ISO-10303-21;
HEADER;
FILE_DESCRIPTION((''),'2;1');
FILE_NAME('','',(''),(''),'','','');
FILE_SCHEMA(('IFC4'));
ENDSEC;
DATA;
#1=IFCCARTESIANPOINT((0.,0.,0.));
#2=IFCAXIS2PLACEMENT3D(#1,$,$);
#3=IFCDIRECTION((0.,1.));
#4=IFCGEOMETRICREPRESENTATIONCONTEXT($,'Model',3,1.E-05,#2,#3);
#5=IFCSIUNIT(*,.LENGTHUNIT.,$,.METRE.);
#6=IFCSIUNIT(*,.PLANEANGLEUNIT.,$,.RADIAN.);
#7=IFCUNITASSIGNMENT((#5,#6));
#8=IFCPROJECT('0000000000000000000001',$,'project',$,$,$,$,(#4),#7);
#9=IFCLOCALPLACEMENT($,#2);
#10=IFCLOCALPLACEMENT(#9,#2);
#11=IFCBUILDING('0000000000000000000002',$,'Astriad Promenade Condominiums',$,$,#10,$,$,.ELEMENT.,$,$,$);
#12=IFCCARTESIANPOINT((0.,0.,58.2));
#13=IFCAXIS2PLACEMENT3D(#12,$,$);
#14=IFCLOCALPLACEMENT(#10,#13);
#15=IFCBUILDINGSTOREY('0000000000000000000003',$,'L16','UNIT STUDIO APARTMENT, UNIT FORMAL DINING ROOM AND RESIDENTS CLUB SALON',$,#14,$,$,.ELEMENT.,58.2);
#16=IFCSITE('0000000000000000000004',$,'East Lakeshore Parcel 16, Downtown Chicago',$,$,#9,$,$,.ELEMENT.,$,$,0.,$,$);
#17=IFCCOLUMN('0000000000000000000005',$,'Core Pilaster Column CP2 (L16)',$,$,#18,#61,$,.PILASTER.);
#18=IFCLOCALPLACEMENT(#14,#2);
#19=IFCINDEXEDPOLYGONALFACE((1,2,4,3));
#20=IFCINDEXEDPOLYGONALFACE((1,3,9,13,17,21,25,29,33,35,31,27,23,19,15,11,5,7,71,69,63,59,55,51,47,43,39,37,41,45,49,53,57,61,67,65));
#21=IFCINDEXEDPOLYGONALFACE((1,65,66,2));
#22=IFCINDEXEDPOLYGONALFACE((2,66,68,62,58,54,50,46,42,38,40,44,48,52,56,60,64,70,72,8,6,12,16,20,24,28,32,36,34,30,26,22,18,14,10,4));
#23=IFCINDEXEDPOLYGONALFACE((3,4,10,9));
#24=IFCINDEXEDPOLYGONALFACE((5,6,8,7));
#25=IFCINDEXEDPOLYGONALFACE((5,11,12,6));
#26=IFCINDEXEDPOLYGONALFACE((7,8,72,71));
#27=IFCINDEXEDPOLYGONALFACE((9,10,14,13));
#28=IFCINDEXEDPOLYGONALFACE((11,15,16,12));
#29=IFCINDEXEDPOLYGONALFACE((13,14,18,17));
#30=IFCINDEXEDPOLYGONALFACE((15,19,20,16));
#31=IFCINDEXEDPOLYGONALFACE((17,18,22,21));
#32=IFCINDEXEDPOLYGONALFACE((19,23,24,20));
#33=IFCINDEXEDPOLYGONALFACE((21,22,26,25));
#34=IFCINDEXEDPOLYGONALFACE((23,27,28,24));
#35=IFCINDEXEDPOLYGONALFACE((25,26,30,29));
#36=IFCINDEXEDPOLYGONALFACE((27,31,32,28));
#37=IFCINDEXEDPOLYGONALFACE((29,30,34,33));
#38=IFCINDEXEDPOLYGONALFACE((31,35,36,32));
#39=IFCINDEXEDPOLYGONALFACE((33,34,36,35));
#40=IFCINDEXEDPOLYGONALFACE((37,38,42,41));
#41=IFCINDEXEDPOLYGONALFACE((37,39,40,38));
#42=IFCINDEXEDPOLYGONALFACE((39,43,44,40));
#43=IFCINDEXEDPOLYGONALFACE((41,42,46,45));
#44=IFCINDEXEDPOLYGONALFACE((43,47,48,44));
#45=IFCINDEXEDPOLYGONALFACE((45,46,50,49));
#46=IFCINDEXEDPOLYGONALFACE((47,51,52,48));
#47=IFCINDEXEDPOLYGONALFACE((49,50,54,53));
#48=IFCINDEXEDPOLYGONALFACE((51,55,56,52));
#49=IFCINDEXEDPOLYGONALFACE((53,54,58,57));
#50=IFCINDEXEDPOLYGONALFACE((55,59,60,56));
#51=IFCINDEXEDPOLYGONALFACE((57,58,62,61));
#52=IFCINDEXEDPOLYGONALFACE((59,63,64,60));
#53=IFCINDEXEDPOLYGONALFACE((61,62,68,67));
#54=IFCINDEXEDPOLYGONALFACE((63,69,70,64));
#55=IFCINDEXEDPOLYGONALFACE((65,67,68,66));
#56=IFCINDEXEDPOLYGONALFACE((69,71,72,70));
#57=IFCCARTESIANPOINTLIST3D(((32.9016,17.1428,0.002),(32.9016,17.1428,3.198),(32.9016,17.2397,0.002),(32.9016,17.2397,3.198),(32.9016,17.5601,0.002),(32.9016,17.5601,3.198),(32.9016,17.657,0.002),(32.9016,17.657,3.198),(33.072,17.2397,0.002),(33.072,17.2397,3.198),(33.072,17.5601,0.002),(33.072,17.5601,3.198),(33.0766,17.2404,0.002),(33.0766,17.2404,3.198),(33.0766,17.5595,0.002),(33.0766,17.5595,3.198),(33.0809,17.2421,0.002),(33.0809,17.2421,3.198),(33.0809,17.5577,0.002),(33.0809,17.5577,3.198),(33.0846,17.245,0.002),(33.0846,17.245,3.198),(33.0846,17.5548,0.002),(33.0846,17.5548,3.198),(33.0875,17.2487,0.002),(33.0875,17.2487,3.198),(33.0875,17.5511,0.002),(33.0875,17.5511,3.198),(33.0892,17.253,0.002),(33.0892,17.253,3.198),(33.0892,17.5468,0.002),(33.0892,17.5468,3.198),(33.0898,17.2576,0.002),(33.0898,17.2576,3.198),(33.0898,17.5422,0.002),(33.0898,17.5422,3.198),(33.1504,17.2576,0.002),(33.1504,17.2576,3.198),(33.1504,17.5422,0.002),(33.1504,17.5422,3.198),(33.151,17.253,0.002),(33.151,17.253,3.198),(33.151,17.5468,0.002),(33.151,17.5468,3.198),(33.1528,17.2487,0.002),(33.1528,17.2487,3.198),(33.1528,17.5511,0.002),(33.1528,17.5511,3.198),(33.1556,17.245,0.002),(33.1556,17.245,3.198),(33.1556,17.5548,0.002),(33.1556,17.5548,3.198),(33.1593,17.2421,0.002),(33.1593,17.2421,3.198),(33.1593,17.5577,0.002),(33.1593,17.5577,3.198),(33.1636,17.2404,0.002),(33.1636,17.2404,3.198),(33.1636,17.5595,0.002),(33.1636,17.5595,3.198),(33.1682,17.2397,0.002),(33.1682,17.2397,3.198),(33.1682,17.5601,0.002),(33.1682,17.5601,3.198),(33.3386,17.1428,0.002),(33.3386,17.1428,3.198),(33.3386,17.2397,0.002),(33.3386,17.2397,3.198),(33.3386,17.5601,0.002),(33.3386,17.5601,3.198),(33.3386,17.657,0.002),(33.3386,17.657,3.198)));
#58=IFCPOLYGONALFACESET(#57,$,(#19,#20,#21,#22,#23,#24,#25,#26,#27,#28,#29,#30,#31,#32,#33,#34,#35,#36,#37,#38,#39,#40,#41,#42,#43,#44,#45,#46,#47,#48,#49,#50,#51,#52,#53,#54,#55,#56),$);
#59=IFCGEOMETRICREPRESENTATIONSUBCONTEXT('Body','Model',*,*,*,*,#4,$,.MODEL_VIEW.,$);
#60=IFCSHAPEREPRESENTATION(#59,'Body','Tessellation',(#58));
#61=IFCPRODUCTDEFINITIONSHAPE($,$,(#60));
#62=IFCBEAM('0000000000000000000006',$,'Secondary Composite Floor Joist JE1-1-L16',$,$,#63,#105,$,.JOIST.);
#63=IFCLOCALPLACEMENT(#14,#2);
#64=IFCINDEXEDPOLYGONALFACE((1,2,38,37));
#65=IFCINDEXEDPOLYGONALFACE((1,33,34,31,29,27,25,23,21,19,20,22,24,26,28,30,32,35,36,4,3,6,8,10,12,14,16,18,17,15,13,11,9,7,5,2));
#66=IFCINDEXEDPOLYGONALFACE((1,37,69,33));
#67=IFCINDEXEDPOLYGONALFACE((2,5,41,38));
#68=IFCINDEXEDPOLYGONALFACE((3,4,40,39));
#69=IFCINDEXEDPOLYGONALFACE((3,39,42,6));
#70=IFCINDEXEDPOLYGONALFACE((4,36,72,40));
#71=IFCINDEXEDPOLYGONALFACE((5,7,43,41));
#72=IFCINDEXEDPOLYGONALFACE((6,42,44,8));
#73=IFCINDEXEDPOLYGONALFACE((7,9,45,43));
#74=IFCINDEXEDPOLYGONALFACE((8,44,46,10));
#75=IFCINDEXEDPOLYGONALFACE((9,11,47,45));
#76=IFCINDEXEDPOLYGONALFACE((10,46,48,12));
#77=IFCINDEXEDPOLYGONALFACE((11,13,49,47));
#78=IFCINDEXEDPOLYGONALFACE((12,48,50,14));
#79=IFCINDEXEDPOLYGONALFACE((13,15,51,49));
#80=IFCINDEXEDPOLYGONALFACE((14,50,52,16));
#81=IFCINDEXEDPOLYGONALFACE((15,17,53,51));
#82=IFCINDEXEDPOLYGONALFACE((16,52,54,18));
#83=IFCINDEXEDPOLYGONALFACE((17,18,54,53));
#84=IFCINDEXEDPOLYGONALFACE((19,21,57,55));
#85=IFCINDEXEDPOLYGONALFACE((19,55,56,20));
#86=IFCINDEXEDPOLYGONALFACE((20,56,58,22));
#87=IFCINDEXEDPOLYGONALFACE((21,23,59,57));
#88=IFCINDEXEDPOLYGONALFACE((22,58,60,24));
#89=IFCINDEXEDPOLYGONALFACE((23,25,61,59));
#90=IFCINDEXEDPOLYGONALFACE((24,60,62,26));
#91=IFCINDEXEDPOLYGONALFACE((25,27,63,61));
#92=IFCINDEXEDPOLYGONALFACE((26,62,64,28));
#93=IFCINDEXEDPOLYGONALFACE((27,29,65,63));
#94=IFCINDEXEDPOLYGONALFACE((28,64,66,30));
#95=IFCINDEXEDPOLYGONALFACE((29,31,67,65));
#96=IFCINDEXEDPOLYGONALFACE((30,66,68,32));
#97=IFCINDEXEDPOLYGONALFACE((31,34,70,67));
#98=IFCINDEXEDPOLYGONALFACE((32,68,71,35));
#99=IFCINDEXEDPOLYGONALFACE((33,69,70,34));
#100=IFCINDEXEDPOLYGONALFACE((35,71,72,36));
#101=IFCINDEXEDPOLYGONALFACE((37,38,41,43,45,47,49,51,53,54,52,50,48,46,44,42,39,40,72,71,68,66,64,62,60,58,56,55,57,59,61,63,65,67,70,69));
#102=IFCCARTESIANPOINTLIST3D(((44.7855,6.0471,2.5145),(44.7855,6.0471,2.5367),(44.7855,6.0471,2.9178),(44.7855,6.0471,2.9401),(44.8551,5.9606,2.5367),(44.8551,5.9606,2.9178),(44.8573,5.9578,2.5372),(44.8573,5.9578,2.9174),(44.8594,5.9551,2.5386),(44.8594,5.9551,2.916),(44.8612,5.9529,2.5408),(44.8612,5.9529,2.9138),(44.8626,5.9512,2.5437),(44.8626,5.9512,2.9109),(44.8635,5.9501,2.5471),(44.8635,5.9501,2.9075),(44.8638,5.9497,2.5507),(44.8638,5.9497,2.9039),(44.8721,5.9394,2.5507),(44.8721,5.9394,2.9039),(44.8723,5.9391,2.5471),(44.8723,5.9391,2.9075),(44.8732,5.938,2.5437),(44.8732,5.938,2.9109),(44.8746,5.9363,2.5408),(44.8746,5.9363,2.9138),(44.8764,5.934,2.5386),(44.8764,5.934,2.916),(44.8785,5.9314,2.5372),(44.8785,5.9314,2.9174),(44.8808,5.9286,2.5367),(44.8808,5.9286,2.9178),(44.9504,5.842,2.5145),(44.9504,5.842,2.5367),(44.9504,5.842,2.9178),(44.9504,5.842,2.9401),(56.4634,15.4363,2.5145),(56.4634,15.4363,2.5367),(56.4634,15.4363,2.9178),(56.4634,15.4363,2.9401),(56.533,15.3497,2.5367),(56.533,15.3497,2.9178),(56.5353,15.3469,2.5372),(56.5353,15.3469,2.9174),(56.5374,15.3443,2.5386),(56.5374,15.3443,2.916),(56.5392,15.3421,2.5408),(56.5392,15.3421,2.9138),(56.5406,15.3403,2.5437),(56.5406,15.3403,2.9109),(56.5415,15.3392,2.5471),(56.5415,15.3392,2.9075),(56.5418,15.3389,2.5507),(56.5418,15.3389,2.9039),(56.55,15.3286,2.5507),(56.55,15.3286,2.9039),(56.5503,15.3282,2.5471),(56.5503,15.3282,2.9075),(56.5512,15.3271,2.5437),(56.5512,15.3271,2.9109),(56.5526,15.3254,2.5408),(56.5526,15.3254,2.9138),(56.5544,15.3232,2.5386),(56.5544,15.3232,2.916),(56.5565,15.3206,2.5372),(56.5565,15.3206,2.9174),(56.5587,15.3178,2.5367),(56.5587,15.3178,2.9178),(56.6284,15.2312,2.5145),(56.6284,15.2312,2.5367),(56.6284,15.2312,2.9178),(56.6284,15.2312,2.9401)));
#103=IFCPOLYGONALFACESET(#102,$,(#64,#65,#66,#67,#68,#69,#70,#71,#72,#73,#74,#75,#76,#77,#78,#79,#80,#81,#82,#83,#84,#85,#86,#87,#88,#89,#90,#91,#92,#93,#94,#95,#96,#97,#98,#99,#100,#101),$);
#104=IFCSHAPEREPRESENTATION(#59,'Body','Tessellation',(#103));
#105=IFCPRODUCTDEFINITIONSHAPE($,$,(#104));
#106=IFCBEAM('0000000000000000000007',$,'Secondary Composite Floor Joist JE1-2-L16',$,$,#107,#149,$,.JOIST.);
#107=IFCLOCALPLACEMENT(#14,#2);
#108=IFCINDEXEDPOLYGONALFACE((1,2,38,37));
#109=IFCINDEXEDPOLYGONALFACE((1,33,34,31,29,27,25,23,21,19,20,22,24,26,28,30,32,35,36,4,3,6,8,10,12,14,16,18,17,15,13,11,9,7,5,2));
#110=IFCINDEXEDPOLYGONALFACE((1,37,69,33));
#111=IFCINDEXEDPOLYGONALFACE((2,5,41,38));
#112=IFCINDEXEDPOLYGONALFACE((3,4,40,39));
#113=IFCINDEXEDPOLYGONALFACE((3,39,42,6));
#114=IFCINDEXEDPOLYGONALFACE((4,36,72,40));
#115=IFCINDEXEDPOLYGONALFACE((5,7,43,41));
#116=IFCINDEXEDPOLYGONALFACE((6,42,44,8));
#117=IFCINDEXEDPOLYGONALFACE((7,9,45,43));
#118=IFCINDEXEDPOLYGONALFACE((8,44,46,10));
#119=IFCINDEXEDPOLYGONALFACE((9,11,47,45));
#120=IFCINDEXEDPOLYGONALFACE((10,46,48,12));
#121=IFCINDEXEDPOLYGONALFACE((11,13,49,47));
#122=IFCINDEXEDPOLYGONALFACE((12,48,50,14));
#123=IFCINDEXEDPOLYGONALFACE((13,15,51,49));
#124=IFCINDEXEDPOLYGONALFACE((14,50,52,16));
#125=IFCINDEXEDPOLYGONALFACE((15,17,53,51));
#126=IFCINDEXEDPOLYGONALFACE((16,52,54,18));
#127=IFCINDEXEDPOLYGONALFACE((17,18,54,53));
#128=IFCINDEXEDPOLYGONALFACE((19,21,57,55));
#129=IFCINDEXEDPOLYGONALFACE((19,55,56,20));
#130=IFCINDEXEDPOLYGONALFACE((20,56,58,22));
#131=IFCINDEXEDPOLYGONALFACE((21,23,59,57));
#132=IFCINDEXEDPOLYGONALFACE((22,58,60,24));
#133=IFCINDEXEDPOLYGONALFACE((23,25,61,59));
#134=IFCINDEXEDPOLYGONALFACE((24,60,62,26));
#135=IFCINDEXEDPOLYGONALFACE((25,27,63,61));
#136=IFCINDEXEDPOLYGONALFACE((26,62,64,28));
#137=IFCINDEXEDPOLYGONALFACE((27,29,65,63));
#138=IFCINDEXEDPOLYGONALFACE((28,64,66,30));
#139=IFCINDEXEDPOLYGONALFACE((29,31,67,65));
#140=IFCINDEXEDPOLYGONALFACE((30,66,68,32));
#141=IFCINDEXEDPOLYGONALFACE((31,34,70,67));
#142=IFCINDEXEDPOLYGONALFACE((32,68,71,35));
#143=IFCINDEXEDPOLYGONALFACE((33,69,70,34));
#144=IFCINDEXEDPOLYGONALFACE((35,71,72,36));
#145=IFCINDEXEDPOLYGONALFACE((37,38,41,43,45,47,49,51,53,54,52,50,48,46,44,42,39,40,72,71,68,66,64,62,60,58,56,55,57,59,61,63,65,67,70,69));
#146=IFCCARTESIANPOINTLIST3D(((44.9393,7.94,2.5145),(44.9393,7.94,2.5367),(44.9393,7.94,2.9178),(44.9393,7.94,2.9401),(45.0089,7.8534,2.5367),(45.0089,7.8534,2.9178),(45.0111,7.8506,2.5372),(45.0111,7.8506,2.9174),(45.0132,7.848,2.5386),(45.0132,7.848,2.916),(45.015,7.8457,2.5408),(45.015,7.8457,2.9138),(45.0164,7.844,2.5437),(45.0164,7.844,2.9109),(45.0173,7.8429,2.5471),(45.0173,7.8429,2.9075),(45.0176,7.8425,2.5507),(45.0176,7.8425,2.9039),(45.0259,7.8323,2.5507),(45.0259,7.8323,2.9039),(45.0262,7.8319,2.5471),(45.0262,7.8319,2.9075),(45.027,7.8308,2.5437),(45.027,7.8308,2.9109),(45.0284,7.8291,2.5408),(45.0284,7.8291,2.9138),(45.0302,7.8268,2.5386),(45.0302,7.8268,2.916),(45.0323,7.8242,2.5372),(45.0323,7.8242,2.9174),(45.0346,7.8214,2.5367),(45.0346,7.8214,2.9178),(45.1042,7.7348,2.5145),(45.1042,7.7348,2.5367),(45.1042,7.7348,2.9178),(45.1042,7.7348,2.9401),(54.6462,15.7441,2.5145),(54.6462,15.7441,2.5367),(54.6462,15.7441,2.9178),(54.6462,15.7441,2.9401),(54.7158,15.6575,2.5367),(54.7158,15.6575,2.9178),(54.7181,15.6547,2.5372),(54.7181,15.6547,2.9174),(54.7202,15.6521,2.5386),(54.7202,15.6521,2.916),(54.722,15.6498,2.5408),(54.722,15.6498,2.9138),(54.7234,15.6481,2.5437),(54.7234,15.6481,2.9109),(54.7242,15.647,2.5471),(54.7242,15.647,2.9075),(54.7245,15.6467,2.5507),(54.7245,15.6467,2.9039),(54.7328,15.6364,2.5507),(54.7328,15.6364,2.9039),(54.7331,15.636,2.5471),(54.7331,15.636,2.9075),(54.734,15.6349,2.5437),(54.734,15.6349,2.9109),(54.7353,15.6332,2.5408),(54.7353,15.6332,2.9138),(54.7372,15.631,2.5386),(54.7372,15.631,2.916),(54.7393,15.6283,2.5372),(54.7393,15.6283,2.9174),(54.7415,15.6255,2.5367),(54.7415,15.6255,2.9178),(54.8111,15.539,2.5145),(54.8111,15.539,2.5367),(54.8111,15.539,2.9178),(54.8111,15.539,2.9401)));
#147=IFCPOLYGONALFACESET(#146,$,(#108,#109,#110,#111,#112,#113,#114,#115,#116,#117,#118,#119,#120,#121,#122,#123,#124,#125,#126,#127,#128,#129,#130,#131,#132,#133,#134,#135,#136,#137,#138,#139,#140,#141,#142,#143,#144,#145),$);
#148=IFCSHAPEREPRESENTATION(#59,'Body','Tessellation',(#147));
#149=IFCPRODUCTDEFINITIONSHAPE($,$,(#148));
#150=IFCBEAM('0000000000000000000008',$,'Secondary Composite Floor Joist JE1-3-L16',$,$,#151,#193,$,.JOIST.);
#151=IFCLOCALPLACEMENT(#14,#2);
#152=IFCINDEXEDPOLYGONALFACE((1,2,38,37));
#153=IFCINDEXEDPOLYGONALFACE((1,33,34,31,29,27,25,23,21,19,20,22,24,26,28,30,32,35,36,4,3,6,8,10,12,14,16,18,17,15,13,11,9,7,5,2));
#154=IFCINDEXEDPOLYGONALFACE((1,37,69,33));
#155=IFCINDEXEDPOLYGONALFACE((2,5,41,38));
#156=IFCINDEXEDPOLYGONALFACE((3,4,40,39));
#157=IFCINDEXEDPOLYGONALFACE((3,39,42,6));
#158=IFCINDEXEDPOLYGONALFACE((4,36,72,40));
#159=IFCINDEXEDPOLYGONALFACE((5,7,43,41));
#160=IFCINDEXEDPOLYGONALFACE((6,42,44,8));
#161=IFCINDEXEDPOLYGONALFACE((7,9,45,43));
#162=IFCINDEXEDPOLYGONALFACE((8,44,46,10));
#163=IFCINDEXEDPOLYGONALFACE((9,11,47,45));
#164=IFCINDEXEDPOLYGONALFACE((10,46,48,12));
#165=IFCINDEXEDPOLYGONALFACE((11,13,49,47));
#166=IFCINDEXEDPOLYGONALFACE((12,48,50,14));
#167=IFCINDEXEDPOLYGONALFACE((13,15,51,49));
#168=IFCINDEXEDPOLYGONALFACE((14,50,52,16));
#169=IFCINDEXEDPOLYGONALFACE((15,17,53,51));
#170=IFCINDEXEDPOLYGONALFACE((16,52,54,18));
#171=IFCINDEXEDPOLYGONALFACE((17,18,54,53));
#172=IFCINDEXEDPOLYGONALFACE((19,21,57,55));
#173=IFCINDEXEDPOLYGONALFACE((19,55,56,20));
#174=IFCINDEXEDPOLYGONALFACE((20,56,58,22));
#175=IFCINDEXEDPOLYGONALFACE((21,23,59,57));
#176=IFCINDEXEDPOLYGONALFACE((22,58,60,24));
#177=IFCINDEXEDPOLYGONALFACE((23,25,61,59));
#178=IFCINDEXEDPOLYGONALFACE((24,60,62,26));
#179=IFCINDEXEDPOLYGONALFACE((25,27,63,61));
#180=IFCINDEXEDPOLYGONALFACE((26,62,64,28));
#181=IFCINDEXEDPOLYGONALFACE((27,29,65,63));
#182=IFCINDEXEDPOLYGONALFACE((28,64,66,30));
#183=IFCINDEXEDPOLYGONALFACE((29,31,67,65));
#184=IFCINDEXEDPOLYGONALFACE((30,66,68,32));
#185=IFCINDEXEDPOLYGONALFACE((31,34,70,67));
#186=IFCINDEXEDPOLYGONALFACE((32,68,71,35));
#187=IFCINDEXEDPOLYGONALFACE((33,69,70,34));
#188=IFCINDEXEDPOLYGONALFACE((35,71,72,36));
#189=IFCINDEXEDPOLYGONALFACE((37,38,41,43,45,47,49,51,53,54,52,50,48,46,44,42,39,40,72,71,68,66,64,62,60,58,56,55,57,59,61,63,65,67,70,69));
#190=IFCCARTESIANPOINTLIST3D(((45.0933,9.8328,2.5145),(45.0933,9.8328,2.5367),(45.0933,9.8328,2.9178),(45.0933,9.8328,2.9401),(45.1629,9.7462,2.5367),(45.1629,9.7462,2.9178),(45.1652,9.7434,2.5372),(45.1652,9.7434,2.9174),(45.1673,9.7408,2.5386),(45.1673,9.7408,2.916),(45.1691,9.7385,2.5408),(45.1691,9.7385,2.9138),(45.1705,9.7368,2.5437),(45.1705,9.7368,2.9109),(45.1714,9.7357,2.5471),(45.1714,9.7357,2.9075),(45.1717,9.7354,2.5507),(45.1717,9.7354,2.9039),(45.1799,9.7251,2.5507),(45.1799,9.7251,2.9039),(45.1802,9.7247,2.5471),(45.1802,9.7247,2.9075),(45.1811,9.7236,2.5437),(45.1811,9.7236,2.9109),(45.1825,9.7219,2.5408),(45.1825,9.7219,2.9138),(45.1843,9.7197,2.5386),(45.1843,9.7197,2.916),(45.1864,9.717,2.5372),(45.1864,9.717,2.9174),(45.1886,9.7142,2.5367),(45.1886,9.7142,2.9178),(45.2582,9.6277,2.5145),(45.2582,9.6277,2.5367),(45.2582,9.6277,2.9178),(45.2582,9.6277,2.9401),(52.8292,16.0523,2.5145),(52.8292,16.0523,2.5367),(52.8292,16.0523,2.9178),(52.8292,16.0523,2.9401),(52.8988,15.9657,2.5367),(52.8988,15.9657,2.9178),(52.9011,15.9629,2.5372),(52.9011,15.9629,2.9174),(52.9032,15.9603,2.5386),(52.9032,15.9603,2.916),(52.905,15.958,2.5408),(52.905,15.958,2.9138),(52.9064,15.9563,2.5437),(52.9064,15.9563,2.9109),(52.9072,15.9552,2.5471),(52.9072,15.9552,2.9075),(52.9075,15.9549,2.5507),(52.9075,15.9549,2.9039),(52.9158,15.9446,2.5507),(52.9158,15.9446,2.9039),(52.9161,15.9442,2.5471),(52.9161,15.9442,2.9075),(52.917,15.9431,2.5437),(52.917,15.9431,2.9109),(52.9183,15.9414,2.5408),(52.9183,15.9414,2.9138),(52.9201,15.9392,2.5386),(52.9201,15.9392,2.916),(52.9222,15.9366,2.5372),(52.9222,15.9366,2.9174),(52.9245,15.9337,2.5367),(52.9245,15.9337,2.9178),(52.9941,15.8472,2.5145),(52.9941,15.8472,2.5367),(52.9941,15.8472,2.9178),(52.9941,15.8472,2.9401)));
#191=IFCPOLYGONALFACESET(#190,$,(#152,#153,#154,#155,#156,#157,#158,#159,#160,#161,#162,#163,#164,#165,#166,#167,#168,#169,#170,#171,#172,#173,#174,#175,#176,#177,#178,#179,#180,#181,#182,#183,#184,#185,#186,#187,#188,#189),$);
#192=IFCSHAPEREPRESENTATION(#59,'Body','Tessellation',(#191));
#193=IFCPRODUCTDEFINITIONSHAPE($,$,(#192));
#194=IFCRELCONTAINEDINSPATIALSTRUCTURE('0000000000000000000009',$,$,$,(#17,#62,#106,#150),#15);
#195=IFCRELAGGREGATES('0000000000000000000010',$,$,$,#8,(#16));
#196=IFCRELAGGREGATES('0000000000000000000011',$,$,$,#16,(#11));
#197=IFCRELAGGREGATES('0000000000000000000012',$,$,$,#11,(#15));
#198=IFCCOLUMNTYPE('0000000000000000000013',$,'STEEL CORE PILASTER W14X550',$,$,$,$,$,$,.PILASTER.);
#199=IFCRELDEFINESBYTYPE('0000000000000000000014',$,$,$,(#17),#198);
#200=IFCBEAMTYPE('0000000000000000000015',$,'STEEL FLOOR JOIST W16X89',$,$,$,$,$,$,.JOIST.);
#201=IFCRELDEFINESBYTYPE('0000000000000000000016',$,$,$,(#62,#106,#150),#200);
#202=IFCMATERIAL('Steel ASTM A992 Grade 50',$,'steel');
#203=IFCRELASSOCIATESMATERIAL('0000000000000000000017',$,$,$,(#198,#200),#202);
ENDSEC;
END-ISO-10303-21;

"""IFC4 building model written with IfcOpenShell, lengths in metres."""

from ifc_helpers import new_model, si_unit, direction, frame, origin, origin_2d, place, context, subcontext, project, spatial, i_section, extrude, source, transform, mapped, material, material_profile, profile_set, type_object, type_shapes, element, save


model = new_model("IFC4")

# Units and contexts
model_context = context("Model", 3, precision=1e-05, world=origin(), true_north=direction((0.0, 1.0)))
body_context = subcontext(model_context, "Body", "Model", "MODEL_VIEW")
ifc_project = project(units=[si_unit("LENGTHUNIT", "METRE"), si_unit("PLANEANGLEUNIT", "RADIAN")], contexts=[model_context])

# Site, building, storey
site_placement = place(None, origin())
site = spatial("IfcSite", under=ifc_project, at=site_placement, Name="East Lakeshore Parcel 16, Downtown Chicago", CompositionType="ELEMENT", RefElevation=0.0)
building_placement = place(site_placement, origin())
building = spatial("IfcBuilding", under=site, at=building_placement, Name="Astriad Promenade Condominiums", CompositionType="ELEMENT")
storey_placement = place(building_placement, frame((0.0, 0.0, 58.2)))
storey = spatial("IfcBuildingStorey", under=building, at=storey_placement, Name="L16", Description="UNIT STUDIO APARTMENT, UNIT FORMAL DINING ROOM AND RESIDENTS CLUB SALON", CompositionType="ELEMENT", Elevation=58.2)

# Column
ifc_material_1 = material(Name="Steel ASTM A992 Grade 50", Category="steel")
ifc_material_profile_1 = material_profile(ifc_material_1, i_section(OverallWidth=0.437, OverallDepth=0.5142, WebThickness=0.0605, FlangeThickness=0.0969, FilletRadius=0.0178, at=origin_2d()), Name="W14X550")
ifc_profile_set_1 = profile_set([ifc_material_profile_1], Name="Steel ASTM A992 Grade 50")
column_type = type_object("IfcColumnType", Name="STEEL CORE PILASTER W14X550", PredefinedType="PILASTER", material=ifc_profile_set_1)
shared_shape_1 = source(origin(), body_context, "Body", "SweptSolid", [
    extrude(i_section(OverallWidth=0.437, OverallDepth=0.5142, WebThickness=0.0605, FlangeThickness=0.0969, FilletRadius=0.0178, at=origin_2d()), origin(), (0.0, 0.0, 1.0), 3.196),
])
type_shapes(column_type, [shared_shape_1])
column_placement = place(storey_placement, frame((33.1201, 17.3999, 0.002), z_axis=(0.0, 0.0, 1.0), x_axis=(1.0, 0.0, 0.0)))
element("IfcColumn", 1, at=column_placement, inside=storey, type_object=column_type, Name="Core Pilaster Column CP2 (L16)", PredefinedType="PILASTER", context=body_context, shape_type="MappedRepresentation", body=[
    mapped(shared_shape_1, transform((0.0, 0.0, 0.0), scale=1.0)),
])

# Beams
ifc_material_profile_2 = material_profile(ifc_material_1, i_section(OverallWidth=0.2632, OverallDepth=0.4255, WebThickness=0.0132, FlangeThickness=0.0222, FilletRadius=0.0139, at=origin_2d()), Name="W16X89")
ifc_profile_set_2 = profile_set([ifc_material_profile_2], Name="Steel ASTM A992 Grade 50")
beam_type = type_object("IfcBeamType", Name="STEEL FLOOR JOIST W16X89", PredefinedType="JOIST", material=ifc_profile_set_2)
shared_shape_2 = source(origin(), body_context, "Body", "SweptSolid", [
    extrude(i_section(OverallWidth=0.2632, OverallDepth=0.4255, WebThickness=0.0132, FlangeThickness=0.0222, FilletRadius=0.0139, at=origin_2d()), origin(), (0.0, 0.0, 1.0), 14.9844),
])
beam_1_placement = place(storey_placement, frame((44.8679, 5.9446, 2.7273), z_axis=(0.779344, 0.626597, 0.0), x_axis=(-0.626597, 0.779344, 0.0)))
element("IfcBeam", 2, at=beam_1_placement, inside=storey, type_object=beam_type, Name="Secondary Composite Floor Joist JE1-1-L16", PredefinedType="JOIST", context=body_context, shape_type="MappedRepresentation", body=[
    mapped(shared_shape_2, transform((0.0, 0.0, 0.0), scale=1.0)),
])
shared_shape_3 = source(origin(), body_context, "Body", "SweptSolid", [
    extrude(i_section(OverallWidth=0.2632, OverallDepth=0.4255, WebThickness=0.0132, FlangeThickness=0.0222, FilletRadius=0.0139, at=origin_2d()), origin(), (0.0, 0.0, 1.0), 12.4551),
])
beam_2_placement = place(storey_placement, frame((45.0217, 7.8374, 2.7273), z_axis=(0.779356, 0.626582, 0.0), x_axis=(-0.626582, 0.779356, 0.0)))
element("IfcBeam", 3, at=beam_2_placement, inside=storey, type_object=beam_type, Name="Secondary Composite Floor Joist JE1-2-L16", PredefinedType="JOIST", context=body_context, shape_type="MappedRepresentation", body=[
    mapped(shared_shape_3, transform((0.0, 0.0, 0.0), scale=1.0)),
])
shared_shape_4 = source(origin(), body_context, "Body", "SweptSolid", [
    extrude(i_section(OverallWidth=0.2632, OverallDepth=0.4255, WebThickness=0.0132, FlangeThickness=0.0222, FilletRadius=0.0139, at=origin_2d()), origin(), (0.0, 0.0, 1.0), 9.926),
])
beam_3_placement = place(storey_placement, frame((45.1758, 9.7302, 2.7273), z_axis=(0.779352, 0.626586, 0.0), x_axis=(-0.626586, 0.779352, 0.0)))
element("IfcBeam", 4, at=beam_3_placement, inside=storey, type_object=beam_type, Name="Secondary Composite Floor Joist JE1-3-L16", PredefinedType="JOIST", context=body_context, shape_type="MappedRepresentation", body=[
    mapped(shared_shape_4, transform((0.0, 0.0, 0.0), scale=1.0)),
])

save(model, "model.ifc")
